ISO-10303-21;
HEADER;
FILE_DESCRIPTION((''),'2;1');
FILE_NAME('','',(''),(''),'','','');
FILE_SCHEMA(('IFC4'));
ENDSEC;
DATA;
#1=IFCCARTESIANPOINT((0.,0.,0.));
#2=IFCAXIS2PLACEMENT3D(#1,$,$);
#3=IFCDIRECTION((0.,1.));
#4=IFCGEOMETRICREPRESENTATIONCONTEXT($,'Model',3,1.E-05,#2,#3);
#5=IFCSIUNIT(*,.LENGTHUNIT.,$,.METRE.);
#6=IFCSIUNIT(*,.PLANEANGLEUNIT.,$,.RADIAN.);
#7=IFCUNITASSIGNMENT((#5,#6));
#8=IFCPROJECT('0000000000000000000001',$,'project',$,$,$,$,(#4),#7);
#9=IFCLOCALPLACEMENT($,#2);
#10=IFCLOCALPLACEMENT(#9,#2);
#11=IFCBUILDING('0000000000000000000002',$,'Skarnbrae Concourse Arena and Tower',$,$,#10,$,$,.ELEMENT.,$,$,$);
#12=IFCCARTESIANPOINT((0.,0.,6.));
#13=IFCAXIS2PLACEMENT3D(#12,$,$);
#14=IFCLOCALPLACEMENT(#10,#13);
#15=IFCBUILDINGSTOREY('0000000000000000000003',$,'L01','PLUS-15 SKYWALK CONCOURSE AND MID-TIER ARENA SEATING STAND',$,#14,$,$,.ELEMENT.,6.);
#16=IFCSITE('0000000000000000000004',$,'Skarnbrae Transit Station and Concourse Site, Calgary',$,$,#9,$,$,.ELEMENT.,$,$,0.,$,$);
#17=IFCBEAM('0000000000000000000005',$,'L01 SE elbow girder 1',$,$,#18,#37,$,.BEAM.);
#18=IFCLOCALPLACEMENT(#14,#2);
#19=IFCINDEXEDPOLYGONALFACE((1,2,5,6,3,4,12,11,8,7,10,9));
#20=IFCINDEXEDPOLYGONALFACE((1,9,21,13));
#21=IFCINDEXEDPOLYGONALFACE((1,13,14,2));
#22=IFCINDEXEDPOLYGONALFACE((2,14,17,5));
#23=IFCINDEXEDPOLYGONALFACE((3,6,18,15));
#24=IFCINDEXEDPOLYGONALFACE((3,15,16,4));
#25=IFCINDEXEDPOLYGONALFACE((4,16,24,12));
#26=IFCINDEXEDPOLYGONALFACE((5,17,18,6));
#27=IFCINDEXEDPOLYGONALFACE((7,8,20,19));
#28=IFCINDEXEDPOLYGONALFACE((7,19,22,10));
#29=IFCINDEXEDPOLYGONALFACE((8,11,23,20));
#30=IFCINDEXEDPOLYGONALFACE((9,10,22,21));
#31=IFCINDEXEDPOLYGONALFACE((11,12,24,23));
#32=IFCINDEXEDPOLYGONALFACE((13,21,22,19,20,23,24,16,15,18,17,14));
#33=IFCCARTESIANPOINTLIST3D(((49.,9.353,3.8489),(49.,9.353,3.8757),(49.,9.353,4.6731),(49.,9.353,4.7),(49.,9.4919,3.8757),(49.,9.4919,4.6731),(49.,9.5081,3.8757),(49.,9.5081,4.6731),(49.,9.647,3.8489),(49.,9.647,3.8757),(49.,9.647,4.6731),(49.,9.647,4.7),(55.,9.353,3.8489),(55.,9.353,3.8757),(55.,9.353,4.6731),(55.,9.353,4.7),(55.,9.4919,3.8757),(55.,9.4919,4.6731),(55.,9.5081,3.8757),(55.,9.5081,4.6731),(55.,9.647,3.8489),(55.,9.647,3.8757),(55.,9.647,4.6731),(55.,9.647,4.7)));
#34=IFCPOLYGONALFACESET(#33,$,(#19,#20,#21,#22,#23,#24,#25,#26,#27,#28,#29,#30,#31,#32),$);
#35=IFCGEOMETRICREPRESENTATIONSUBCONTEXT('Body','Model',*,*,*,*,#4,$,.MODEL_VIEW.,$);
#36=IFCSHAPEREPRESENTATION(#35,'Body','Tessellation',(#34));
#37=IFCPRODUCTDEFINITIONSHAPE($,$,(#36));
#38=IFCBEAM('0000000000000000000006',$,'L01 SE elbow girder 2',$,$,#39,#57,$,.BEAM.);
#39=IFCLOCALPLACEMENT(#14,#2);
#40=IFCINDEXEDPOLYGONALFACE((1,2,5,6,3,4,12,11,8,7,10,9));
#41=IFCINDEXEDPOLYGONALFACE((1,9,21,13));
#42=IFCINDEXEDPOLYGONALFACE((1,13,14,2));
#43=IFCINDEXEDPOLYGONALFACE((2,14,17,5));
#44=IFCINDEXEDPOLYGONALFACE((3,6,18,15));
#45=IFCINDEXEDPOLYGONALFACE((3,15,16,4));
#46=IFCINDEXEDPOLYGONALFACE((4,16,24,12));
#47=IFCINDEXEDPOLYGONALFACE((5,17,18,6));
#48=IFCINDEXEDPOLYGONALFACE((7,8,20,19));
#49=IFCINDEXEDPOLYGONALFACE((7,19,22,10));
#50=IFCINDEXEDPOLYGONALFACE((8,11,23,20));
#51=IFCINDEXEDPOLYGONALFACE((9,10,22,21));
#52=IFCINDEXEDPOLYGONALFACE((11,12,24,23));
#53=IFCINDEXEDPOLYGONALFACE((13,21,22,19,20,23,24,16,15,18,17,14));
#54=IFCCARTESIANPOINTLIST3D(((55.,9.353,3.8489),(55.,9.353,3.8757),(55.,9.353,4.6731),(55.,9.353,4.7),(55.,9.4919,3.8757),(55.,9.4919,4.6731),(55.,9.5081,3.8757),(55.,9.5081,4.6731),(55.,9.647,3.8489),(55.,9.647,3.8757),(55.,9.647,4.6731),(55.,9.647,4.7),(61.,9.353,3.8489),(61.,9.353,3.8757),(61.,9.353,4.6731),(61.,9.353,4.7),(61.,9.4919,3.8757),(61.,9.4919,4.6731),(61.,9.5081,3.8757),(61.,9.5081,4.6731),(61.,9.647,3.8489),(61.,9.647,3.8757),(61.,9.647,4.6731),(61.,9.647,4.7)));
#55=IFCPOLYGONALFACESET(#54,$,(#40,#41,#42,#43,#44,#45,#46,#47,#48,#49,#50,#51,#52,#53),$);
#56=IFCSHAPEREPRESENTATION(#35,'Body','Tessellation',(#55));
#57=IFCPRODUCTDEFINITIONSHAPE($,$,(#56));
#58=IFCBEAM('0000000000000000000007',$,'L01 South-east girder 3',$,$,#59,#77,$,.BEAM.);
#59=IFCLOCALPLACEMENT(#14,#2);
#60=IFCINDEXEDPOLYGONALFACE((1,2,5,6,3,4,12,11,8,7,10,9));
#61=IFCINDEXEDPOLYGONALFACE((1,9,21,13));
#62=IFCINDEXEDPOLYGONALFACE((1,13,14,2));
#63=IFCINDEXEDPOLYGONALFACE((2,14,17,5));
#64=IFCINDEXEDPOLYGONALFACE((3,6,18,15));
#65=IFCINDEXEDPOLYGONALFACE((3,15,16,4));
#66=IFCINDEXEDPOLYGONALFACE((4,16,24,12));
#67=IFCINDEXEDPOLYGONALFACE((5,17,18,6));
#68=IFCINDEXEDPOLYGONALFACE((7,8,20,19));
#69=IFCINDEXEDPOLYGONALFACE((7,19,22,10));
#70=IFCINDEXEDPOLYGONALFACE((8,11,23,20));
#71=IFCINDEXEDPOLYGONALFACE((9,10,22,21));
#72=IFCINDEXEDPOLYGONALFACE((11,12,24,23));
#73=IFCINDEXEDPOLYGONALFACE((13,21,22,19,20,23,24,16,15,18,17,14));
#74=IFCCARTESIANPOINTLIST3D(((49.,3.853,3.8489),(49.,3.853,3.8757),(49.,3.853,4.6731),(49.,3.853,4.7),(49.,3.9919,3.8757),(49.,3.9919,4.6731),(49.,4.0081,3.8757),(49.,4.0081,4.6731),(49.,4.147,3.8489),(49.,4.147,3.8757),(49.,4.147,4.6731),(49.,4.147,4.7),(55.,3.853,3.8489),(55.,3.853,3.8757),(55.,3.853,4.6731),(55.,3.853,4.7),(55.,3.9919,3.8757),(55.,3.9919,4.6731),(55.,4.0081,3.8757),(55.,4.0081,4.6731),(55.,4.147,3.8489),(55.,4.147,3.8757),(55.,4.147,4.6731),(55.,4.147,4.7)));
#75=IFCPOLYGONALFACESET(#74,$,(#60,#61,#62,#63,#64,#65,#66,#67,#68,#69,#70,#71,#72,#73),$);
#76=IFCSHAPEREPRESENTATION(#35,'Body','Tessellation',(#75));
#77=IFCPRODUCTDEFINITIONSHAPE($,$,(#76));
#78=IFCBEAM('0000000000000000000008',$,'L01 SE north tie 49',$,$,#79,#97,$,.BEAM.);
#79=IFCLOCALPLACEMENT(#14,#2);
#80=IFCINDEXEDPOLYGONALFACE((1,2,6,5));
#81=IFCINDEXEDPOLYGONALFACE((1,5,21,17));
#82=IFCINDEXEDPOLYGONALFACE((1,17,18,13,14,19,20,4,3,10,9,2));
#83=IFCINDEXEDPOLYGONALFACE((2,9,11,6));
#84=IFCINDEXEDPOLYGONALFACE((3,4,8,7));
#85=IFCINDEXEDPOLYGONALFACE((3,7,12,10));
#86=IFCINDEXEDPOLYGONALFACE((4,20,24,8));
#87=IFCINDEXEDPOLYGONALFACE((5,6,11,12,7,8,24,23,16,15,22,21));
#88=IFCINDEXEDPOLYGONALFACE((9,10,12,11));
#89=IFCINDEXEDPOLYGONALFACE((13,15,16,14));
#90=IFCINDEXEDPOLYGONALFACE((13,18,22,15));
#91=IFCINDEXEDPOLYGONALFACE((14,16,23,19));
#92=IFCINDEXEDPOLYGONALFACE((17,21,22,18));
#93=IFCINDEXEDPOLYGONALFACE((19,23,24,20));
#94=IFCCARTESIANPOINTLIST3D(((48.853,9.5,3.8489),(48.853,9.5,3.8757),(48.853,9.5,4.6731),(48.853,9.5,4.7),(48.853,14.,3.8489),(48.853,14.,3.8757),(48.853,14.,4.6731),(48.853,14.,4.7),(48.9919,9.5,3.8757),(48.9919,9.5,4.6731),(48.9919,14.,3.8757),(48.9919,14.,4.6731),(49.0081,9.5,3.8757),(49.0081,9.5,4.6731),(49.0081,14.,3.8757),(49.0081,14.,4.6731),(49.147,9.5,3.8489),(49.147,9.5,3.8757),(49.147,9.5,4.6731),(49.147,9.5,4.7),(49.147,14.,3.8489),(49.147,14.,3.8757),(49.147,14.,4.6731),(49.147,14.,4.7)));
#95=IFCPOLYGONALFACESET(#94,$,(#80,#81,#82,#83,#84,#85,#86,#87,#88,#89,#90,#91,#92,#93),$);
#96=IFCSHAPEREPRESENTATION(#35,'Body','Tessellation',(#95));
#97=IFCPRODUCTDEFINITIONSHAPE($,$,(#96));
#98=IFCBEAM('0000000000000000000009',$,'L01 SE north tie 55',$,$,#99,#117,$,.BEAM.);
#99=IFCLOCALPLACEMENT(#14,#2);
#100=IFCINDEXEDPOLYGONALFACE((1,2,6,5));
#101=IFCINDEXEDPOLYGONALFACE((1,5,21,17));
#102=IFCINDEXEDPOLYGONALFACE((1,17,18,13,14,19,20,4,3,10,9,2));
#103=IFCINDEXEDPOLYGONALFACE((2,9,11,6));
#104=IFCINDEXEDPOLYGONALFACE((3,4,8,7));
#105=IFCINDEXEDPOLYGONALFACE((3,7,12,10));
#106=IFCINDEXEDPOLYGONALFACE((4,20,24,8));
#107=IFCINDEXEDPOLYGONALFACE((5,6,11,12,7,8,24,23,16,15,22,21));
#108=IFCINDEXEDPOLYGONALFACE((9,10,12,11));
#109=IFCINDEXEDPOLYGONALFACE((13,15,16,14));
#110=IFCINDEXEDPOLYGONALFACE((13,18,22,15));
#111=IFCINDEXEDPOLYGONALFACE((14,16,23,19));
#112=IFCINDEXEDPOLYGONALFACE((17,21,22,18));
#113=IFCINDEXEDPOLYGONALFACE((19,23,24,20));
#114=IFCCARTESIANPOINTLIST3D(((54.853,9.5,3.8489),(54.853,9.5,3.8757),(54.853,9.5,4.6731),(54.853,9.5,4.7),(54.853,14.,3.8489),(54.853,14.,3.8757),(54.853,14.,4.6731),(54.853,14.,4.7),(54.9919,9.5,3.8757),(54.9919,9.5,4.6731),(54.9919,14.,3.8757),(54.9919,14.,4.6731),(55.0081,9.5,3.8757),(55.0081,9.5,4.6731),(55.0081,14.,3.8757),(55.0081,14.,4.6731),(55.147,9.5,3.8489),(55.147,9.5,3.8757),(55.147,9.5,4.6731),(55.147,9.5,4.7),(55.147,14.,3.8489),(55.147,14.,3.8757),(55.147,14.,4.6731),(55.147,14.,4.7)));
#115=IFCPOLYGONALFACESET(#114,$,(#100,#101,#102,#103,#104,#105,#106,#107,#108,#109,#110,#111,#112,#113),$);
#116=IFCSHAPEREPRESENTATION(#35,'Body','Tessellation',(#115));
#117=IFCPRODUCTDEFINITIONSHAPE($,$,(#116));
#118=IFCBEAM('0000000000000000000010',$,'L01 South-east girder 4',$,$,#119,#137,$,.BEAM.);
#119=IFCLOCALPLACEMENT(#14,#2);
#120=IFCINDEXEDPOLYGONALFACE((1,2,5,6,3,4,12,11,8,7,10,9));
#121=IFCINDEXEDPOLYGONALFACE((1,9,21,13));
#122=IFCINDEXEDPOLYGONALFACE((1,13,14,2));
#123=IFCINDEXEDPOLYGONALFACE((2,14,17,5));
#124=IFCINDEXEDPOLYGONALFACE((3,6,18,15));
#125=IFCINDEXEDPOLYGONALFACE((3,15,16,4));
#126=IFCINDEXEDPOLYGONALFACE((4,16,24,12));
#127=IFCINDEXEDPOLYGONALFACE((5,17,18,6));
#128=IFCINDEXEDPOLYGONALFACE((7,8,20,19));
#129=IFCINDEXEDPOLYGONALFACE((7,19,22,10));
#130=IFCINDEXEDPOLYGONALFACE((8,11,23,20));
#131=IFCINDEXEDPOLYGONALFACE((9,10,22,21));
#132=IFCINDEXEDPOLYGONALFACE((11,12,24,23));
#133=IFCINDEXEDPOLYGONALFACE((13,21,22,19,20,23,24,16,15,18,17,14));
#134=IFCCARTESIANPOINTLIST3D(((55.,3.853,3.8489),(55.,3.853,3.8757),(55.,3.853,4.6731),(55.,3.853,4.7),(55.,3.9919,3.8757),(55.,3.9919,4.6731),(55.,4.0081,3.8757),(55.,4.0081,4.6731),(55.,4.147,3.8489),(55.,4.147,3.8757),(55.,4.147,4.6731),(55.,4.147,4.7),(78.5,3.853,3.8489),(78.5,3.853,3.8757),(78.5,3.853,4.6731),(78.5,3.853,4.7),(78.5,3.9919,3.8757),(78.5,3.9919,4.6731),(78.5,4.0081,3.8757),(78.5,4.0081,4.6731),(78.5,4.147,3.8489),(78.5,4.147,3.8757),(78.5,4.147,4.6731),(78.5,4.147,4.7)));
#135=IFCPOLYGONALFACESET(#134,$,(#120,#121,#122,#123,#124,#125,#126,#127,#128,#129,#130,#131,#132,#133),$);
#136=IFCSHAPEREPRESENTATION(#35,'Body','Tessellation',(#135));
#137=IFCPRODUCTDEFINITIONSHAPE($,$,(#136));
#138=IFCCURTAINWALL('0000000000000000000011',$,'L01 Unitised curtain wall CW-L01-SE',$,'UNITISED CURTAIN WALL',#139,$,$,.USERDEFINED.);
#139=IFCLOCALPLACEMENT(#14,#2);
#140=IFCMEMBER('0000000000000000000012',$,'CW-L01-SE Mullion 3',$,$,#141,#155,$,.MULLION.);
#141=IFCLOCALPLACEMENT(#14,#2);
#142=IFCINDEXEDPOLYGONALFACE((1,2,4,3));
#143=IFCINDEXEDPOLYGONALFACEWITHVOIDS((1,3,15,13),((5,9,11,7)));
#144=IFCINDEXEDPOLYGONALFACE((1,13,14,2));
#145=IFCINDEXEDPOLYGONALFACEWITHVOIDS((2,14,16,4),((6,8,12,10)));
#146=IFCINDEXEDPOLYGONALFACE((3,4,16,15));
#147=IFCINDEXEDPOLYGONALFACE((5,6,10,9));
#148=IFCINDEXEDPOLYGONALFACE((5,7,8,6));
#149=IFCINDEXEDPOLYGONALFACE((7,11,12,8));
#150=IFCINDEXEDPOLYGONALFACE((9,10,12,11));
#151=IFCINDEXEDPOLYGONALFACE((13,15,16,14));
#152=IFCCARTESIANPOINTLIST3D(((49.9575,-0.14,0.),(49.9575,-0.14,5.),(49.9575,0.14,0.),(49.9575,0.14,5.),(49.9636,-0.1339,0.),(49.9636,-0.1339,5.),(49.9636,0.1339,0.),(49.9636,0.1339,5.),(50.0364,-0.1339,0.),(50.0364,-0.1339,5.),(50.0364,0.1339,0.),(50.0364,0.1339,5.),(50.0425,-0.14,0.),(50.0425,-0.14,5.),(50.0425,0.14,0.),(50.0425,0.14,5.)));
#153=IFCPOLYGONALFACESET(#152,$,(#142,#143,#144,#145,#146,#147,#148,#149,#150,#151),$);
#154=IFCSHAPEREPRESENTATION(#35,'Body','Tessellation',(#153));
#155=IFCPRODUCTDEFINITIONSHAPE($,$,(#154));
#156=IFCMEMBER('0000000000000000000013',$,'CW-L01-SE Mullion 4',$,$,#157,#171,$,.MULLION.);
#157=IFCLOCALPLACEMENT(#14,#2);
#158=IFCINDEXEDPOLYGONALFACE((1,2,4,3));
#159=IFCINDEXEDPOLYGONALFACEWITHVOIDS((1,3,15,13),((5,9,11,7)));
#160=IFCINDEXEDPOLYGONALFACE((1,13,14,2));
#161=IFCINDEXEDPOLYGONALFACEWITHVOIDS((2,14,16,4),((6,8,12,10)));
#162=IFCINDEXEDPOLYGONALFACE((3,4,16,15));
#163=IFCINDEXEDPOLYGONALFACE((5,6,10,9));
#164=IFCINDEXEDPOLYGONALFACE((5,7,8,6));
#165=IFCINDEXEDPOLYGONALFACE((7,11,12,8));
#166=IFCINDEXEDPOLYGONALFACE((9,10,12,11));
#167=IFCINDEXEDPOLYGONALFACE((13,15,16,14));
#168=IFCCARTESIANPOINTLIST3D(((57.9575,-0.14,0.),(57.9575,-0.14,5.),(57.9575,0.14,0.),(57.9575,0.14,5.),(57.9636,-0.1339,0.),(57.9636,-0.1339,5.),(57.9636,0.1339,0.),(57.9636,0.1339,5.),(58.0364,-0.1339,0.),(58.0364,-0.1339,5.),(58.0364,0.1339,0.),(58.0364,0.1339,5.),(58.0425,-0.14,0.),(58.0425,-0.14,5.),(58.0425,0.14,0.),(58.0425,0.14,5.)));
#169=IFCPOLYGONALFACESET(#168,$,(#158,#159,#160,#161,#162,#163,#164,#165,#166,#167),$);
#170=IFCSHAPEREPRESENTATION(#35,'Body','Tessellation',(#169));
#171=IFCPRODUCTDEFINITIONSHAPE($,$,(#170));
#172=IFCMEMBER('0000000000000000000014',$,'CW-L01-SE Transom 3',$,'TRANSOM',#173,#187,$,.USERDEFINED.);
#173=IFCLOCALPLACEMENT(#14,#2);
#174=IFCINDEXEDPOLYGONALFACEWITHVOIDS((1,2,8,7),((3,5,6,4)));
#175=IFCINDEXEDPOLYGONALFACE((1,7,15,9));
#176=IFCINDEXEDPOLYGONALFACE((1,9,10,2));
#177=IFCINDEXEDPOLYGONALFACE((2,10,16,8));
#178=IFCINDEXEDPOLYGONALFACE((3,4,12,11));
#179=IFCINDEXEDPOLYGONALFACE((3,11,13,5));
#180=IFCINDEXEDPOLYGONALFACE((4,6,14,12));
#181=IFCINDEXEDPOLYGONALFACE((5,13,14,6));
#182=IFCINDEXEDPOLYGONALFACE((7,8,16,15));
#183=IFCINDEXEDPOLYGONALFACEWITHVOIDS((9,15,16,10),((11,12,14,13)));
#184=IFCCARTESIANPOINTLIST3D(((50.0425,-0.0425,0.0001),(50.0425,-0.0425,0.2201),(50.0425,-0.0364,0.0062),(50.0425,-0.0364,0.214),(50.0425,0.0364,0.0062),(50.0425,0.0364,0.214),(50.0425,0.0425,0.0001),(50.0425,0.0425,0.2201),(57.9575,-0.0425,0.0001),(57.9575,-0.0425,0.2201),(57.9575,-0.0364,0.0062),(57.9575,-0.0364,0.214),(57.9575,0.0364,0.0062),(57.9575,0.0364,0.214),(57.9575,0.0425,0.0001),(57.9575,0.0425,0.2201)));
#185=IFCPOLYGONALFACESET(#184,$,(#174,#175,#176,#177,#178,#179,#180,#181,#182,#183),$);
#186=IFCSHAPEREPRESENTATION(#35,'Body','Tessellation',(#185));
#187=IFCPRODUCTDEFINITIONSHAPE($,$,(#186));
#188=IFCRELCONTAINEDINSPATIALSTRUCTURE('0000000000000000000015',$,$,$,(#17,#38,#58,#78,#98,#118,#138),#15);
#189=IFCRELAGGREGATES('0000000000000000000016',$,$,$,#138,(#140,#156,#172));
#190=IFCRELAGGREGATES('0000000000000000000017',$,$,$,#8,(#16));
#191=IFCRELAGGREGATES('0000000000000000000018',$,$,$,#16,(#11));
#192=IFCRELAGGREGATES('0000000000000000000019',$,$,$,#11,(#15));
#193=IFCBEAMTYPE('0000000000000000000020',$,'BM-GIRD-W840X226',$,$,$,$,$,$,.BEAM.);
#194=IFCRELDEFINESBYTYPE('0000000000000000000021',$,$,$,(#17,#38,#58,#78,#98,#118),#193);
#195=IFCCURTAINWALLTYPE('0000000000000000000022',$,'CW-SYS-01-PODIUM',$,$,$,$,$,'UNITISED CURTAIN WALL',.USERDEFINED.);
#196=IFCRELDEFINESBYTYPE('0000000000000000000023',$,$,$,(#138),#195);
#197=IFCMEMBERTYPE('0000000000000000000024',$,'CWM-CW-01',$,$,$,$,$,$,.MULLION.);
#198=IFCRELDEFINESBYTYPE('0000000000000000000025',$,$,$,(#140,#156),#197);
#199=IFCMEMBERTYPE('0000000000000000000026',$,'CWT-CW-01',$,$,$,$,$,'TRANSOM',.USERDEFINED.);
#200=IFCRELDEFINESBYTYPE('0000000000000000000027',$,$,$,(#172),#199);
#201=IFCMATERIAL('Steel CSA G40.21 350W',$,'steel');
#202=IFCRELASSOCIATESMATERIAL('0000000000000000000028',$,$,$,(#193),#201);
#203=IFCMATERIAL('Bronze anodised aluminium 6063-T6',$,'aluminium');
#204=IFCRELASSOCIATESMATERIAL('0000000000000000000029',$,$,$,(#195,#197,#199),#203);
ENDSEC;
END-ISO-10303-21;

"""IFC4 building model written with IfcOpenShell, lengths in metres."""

from ifc_helpers import new_model, si_unit, direction, frame, origin, origin_2d, place, context, subcontext, project, spatial, hollow_rectangle, i_section, extrude, source, transform, mapped, material, material_profile, profile_set, type_object, element, aggregate, save


model = new_model("IFC4")

# Units and contexts
model_context = context("Model", 3, precision=1e-05, world=origin(), true_north=direction((0.0, 1.0)))
body_context = subcontext(model_context, "Body", "Model", "MODEL_VIEW")
ifc_project = project(units=[si_unit("LENGTHUNIT", "METRE"), si_unit("PLANEANGLEUNIT", "RADIAN")], contexts=[model_context])

# Site, building, storey
site_placement = place(None, origin())
site = spatial("IfcSite", under=ifc_project, at=site_placement, Name="Skarnbrae Transit Station and Concourse Site, Calgary", CompositionType="ELEMENT", RefElevation=0.0)
building_placement = place(site_placement, origin())
building = spatial("IfcBuilding", under=site, at=building_placement, Name="Skarnbrae Concourse Arena and Tower", CompositionType="ELEMENT")
storey_placement = place(building_placement, frame((0.0, 0.0, 6.0)))
storey = spatial("IfcBuildingStorey", under=building, at=storey_placement, Name="L01", Description="PLUS-15 SKYWALK CONCOURSE AND MID-TIER ARENA SEATING STAND", CompositionType="ELEMENT", Elevation=6.0)

# Shared definitions
ifc_material_1 = material(Name="Steel CSA G40.21 350W", Category="steel")

# Beams
ifc_material_profile_1 = material_profile(ifc_material_1, i_section(OverallWidth=0.2939, OverallDepth=0.8511, WebThickness=0.0161, FlangeThickness=0.0269, at=origin_2d()), Name="W840X226")
ifc_profile_set_1 = profile_set([ifc_material_profile_1], Name="Steel CSA G40.21 350W")
beam_type = type_object("IfcBeamType", Name="BM-GIRD-W840X226", PredefinedType="BEAM", material=ifc_profile_set_1)
shared_shape_1 = source(origin(), body_context, "Body", "SweptSolid", [
    extrude(i_section(OverallWidth=0.2939, OverallDepth=0.8511, WebThickness=0.0161, FlangeThickness=0.0269, at=origin_2d()), origin(), (0.0, 0.0, 1.0), 6.0),
])
for number, where, z_axis, x_axis, name in (
    (1, (49.0, 9.5, 4.2744), (1.0, 0.0, 0.0), (0.0, 1.0, 0.0), "L01 SE elbow girder 1"),
    (2, (55.0, 9.5, 4.2744), (1.0, 0.0, 0.0), (0.0, 1.0, 0.0), "L01 SE elbow girder 2"),
    (3, (49.0, 4.0, 4.2744), (1.0, 0.0, 0.0), (0.0, 1.0, 0.0), "L01 South-east girder 3"),
):
    element("IfcBeam", number, at=place(storey_placement, frame(where, z_axis=z_axis, x_axis=x_axis)), inside=storey, type_object=beam_type, Name=name, PredefinedType="BEAM", context=body_context, shape_type="MappedRepresentation", body=[
        mapped(shared_shape_1, transform((0.0, 0.0, 0.0))),
    ])
shared_shape_2 = source(origin(), body_context, "Body", "SweptSolid", [
    extrude(i_section(OverallWidth=0.2939, OverallDepth=0.8511, WebThickness=0.0161, FlangeThickness=0.0269, at=origin_2d()), origin(), (0.0, 0.0, 1.0), 4.5),
])
for number, where, z_axis, x_axis, name in (
    (4, (49.0, 9.5, 4.2744), (0.0, 1.0, 0.0), (-1.0, 0.0, 0.0), "L01 SE north tie 49"),
    (5, (55.0, 9.5, 4.2744), (0.0, 1.0, 0.0), (-1.0, 0.0, 0.0), "L01 SE north tie 55"),
):
    element("IfcBeam", number, at=place(storey_placement, frame(where, z_axis=z_axis, x_axis=x_axis)), inside=storey, type_object=beam_type, Name=name, PredefinedType="BEAM", context=body_context, shape_type="MappedRepresentation", body=[
        mapped(shared_shape_2, transform((0.0, 0.0, 0.0))),
    ])
shared_shape_3 = source(origin(), body_context, "Body", "SweptSolid", [
    extrude(i_section(OverallWidth=0.2939, OverallDepth=0.8511, WebThickness=0.0161, FlangeThickness=0.0269, at=origin_2d()), origin(), (0.0, 0.0, 1.0), 23.5),
])
beam_placement = place(storey_placement, frame((55.0, 4.0, 4.2744), z_axis=(1.0, 0.0, 0.0), x_axis=(0.0, 1.0, 0.0)))
element("IfcBeam", 6, at=beam_placement, inside=storey, type_object=beam_type, Name="L01 South-east girder 4", PredefinedType="BEAM", context=body_context, shape_type="MappedRepresentation", body=[
    mapped(shared_shape_3, transform((0.0, 0.0, 0.0))),
])

# Curtain wall, members
ifc_material_2 = material(Name="Bronze anodised aluminium 6063-T6", Category="aluminium")
curtain_wall_type = type_object("IfcCurtainWallType", Name="CW-SYS-01-PODIUM", ElementType="UNITISED CURTAIN WALL", PredefinedType="USERDEFINED", material=ifc_material_2)
curtain_wall_placement = place(storey_placement, origin())
curtain_wall = element("IfcCurtainWall", 7, at=curtain_wall_placement, inside=storey, type_object=curtain_wall_type, Name="L01 Unitised curtain wall CW-L01-SE", ObjectType="UNITISED CURTAIN WALL", PredefinedType="USERDEFINED")
ifc_material_profile_2 = material_profile(ifc_material_2, hollow_rectangle(XDim=0.085, YDim=0.28, WallThickness=0.0061, at=origin_2d()), Name="ALU-MULL-85X280")
ifc_profile_set_2 = profile_set([ifc_material_profile_2], Name="Bronze anodised aluminium 6063-T6")
member_type_1 = type_object("IfcMemberType", Name="CWM-CW-01", PredefinedType="MULLION", material=ifc_profile_set_2)
shared_shape_4 = source(origin(), body_context, "Body", "SweptSolid", [
    extrude(hollow_rectangle(XDim=0.085, YDim=0.28, WallThickness=0.0061, at=origin_2d()), origin(), (0.0, 0.0, 1.0), 5.0),
])
member_1_placement = place(storey_placement, frame((50.0, 0.0, 0.0), z_axis=(0.0, 0.0, 1.0), x_axis=(1.0, 0.0, 0.0)))
member_1 = element("IfcMember", 8, at=member_1_placement, type_object=member_type_1, Name="CW-L01-SE Mullion 3", PredefinedType="MULLION", context=body_context, shape_type="MappedRepresentation", body=[
    mapped(shared_shape_4, transform((0.0, 0.0, 0.0))),
])
member_2_placement = place(storey_placement, frame((58.0, 0.0, 0.0), z_axis=(0.0, 0.0, 1.0), x_axis=(1.0, 0.0, 0.0)))
member_2 = element("IfcMember", 9, at=member_2_placement, type_object=member_type_1, Name="CW-L01-SE Mullion 4", PredefinedType="MULLION", context=body_context, shape_type="MappedRepresentation", body=[
    mapped(shared_shape_4, transform((0.0, 0.0, 0.0))),
])
ifc_material_profile_3 = material_profile(ifc_material_2, hollow_rectangle(XDim=0.085, YDim=0.22, WallThickness=0.0061, at=origin_2d()), Name="ALU-TRAN-85X220")
ifc_profile_set_3 = profile_set([ifc_material_profile_3], Name="Bronze anodised aluminium 6063-T6")
member_type_2 = type_object("IfcMemberType", Name="CWT-CW-01", ElementType="TRANSOM", PredefinedType="USERDEFINED", material=ifc_profile_set_3)
shared_shape_5 = source(origin(), body_context, "Body", "SweptSolid", [
    extrude(hollow_rectangle(XDim=0.085, YDim=0.22, WallThickness=0.0061, at=origin_2d()), origin(), (0.0, 0.0, 1.0), 7.915),
])
member_3_placement = place(storey_placement, frame((50.0425, 0.0, 0.1101), z_axis=(1.0, 0.0, 0.0), x_axis=(0.0, 1.0, 0.0)))
member_3 = element("IfcMember", 10, at=member_3_placement, type_object=member_type_2, Name="CW-L01-SE Transom 3", ObjectType="TRANSOM", PredefinedType="USERDEFINED", context=body_context, shape_type="MappedRepresentation", body=[
    mapped(shared_shape_5, transform((0.0, 0.0, 0.0))),
])
aggregate(curtain_wall, [member_1, member_2, member_3])

save(model, "model.ifc")
